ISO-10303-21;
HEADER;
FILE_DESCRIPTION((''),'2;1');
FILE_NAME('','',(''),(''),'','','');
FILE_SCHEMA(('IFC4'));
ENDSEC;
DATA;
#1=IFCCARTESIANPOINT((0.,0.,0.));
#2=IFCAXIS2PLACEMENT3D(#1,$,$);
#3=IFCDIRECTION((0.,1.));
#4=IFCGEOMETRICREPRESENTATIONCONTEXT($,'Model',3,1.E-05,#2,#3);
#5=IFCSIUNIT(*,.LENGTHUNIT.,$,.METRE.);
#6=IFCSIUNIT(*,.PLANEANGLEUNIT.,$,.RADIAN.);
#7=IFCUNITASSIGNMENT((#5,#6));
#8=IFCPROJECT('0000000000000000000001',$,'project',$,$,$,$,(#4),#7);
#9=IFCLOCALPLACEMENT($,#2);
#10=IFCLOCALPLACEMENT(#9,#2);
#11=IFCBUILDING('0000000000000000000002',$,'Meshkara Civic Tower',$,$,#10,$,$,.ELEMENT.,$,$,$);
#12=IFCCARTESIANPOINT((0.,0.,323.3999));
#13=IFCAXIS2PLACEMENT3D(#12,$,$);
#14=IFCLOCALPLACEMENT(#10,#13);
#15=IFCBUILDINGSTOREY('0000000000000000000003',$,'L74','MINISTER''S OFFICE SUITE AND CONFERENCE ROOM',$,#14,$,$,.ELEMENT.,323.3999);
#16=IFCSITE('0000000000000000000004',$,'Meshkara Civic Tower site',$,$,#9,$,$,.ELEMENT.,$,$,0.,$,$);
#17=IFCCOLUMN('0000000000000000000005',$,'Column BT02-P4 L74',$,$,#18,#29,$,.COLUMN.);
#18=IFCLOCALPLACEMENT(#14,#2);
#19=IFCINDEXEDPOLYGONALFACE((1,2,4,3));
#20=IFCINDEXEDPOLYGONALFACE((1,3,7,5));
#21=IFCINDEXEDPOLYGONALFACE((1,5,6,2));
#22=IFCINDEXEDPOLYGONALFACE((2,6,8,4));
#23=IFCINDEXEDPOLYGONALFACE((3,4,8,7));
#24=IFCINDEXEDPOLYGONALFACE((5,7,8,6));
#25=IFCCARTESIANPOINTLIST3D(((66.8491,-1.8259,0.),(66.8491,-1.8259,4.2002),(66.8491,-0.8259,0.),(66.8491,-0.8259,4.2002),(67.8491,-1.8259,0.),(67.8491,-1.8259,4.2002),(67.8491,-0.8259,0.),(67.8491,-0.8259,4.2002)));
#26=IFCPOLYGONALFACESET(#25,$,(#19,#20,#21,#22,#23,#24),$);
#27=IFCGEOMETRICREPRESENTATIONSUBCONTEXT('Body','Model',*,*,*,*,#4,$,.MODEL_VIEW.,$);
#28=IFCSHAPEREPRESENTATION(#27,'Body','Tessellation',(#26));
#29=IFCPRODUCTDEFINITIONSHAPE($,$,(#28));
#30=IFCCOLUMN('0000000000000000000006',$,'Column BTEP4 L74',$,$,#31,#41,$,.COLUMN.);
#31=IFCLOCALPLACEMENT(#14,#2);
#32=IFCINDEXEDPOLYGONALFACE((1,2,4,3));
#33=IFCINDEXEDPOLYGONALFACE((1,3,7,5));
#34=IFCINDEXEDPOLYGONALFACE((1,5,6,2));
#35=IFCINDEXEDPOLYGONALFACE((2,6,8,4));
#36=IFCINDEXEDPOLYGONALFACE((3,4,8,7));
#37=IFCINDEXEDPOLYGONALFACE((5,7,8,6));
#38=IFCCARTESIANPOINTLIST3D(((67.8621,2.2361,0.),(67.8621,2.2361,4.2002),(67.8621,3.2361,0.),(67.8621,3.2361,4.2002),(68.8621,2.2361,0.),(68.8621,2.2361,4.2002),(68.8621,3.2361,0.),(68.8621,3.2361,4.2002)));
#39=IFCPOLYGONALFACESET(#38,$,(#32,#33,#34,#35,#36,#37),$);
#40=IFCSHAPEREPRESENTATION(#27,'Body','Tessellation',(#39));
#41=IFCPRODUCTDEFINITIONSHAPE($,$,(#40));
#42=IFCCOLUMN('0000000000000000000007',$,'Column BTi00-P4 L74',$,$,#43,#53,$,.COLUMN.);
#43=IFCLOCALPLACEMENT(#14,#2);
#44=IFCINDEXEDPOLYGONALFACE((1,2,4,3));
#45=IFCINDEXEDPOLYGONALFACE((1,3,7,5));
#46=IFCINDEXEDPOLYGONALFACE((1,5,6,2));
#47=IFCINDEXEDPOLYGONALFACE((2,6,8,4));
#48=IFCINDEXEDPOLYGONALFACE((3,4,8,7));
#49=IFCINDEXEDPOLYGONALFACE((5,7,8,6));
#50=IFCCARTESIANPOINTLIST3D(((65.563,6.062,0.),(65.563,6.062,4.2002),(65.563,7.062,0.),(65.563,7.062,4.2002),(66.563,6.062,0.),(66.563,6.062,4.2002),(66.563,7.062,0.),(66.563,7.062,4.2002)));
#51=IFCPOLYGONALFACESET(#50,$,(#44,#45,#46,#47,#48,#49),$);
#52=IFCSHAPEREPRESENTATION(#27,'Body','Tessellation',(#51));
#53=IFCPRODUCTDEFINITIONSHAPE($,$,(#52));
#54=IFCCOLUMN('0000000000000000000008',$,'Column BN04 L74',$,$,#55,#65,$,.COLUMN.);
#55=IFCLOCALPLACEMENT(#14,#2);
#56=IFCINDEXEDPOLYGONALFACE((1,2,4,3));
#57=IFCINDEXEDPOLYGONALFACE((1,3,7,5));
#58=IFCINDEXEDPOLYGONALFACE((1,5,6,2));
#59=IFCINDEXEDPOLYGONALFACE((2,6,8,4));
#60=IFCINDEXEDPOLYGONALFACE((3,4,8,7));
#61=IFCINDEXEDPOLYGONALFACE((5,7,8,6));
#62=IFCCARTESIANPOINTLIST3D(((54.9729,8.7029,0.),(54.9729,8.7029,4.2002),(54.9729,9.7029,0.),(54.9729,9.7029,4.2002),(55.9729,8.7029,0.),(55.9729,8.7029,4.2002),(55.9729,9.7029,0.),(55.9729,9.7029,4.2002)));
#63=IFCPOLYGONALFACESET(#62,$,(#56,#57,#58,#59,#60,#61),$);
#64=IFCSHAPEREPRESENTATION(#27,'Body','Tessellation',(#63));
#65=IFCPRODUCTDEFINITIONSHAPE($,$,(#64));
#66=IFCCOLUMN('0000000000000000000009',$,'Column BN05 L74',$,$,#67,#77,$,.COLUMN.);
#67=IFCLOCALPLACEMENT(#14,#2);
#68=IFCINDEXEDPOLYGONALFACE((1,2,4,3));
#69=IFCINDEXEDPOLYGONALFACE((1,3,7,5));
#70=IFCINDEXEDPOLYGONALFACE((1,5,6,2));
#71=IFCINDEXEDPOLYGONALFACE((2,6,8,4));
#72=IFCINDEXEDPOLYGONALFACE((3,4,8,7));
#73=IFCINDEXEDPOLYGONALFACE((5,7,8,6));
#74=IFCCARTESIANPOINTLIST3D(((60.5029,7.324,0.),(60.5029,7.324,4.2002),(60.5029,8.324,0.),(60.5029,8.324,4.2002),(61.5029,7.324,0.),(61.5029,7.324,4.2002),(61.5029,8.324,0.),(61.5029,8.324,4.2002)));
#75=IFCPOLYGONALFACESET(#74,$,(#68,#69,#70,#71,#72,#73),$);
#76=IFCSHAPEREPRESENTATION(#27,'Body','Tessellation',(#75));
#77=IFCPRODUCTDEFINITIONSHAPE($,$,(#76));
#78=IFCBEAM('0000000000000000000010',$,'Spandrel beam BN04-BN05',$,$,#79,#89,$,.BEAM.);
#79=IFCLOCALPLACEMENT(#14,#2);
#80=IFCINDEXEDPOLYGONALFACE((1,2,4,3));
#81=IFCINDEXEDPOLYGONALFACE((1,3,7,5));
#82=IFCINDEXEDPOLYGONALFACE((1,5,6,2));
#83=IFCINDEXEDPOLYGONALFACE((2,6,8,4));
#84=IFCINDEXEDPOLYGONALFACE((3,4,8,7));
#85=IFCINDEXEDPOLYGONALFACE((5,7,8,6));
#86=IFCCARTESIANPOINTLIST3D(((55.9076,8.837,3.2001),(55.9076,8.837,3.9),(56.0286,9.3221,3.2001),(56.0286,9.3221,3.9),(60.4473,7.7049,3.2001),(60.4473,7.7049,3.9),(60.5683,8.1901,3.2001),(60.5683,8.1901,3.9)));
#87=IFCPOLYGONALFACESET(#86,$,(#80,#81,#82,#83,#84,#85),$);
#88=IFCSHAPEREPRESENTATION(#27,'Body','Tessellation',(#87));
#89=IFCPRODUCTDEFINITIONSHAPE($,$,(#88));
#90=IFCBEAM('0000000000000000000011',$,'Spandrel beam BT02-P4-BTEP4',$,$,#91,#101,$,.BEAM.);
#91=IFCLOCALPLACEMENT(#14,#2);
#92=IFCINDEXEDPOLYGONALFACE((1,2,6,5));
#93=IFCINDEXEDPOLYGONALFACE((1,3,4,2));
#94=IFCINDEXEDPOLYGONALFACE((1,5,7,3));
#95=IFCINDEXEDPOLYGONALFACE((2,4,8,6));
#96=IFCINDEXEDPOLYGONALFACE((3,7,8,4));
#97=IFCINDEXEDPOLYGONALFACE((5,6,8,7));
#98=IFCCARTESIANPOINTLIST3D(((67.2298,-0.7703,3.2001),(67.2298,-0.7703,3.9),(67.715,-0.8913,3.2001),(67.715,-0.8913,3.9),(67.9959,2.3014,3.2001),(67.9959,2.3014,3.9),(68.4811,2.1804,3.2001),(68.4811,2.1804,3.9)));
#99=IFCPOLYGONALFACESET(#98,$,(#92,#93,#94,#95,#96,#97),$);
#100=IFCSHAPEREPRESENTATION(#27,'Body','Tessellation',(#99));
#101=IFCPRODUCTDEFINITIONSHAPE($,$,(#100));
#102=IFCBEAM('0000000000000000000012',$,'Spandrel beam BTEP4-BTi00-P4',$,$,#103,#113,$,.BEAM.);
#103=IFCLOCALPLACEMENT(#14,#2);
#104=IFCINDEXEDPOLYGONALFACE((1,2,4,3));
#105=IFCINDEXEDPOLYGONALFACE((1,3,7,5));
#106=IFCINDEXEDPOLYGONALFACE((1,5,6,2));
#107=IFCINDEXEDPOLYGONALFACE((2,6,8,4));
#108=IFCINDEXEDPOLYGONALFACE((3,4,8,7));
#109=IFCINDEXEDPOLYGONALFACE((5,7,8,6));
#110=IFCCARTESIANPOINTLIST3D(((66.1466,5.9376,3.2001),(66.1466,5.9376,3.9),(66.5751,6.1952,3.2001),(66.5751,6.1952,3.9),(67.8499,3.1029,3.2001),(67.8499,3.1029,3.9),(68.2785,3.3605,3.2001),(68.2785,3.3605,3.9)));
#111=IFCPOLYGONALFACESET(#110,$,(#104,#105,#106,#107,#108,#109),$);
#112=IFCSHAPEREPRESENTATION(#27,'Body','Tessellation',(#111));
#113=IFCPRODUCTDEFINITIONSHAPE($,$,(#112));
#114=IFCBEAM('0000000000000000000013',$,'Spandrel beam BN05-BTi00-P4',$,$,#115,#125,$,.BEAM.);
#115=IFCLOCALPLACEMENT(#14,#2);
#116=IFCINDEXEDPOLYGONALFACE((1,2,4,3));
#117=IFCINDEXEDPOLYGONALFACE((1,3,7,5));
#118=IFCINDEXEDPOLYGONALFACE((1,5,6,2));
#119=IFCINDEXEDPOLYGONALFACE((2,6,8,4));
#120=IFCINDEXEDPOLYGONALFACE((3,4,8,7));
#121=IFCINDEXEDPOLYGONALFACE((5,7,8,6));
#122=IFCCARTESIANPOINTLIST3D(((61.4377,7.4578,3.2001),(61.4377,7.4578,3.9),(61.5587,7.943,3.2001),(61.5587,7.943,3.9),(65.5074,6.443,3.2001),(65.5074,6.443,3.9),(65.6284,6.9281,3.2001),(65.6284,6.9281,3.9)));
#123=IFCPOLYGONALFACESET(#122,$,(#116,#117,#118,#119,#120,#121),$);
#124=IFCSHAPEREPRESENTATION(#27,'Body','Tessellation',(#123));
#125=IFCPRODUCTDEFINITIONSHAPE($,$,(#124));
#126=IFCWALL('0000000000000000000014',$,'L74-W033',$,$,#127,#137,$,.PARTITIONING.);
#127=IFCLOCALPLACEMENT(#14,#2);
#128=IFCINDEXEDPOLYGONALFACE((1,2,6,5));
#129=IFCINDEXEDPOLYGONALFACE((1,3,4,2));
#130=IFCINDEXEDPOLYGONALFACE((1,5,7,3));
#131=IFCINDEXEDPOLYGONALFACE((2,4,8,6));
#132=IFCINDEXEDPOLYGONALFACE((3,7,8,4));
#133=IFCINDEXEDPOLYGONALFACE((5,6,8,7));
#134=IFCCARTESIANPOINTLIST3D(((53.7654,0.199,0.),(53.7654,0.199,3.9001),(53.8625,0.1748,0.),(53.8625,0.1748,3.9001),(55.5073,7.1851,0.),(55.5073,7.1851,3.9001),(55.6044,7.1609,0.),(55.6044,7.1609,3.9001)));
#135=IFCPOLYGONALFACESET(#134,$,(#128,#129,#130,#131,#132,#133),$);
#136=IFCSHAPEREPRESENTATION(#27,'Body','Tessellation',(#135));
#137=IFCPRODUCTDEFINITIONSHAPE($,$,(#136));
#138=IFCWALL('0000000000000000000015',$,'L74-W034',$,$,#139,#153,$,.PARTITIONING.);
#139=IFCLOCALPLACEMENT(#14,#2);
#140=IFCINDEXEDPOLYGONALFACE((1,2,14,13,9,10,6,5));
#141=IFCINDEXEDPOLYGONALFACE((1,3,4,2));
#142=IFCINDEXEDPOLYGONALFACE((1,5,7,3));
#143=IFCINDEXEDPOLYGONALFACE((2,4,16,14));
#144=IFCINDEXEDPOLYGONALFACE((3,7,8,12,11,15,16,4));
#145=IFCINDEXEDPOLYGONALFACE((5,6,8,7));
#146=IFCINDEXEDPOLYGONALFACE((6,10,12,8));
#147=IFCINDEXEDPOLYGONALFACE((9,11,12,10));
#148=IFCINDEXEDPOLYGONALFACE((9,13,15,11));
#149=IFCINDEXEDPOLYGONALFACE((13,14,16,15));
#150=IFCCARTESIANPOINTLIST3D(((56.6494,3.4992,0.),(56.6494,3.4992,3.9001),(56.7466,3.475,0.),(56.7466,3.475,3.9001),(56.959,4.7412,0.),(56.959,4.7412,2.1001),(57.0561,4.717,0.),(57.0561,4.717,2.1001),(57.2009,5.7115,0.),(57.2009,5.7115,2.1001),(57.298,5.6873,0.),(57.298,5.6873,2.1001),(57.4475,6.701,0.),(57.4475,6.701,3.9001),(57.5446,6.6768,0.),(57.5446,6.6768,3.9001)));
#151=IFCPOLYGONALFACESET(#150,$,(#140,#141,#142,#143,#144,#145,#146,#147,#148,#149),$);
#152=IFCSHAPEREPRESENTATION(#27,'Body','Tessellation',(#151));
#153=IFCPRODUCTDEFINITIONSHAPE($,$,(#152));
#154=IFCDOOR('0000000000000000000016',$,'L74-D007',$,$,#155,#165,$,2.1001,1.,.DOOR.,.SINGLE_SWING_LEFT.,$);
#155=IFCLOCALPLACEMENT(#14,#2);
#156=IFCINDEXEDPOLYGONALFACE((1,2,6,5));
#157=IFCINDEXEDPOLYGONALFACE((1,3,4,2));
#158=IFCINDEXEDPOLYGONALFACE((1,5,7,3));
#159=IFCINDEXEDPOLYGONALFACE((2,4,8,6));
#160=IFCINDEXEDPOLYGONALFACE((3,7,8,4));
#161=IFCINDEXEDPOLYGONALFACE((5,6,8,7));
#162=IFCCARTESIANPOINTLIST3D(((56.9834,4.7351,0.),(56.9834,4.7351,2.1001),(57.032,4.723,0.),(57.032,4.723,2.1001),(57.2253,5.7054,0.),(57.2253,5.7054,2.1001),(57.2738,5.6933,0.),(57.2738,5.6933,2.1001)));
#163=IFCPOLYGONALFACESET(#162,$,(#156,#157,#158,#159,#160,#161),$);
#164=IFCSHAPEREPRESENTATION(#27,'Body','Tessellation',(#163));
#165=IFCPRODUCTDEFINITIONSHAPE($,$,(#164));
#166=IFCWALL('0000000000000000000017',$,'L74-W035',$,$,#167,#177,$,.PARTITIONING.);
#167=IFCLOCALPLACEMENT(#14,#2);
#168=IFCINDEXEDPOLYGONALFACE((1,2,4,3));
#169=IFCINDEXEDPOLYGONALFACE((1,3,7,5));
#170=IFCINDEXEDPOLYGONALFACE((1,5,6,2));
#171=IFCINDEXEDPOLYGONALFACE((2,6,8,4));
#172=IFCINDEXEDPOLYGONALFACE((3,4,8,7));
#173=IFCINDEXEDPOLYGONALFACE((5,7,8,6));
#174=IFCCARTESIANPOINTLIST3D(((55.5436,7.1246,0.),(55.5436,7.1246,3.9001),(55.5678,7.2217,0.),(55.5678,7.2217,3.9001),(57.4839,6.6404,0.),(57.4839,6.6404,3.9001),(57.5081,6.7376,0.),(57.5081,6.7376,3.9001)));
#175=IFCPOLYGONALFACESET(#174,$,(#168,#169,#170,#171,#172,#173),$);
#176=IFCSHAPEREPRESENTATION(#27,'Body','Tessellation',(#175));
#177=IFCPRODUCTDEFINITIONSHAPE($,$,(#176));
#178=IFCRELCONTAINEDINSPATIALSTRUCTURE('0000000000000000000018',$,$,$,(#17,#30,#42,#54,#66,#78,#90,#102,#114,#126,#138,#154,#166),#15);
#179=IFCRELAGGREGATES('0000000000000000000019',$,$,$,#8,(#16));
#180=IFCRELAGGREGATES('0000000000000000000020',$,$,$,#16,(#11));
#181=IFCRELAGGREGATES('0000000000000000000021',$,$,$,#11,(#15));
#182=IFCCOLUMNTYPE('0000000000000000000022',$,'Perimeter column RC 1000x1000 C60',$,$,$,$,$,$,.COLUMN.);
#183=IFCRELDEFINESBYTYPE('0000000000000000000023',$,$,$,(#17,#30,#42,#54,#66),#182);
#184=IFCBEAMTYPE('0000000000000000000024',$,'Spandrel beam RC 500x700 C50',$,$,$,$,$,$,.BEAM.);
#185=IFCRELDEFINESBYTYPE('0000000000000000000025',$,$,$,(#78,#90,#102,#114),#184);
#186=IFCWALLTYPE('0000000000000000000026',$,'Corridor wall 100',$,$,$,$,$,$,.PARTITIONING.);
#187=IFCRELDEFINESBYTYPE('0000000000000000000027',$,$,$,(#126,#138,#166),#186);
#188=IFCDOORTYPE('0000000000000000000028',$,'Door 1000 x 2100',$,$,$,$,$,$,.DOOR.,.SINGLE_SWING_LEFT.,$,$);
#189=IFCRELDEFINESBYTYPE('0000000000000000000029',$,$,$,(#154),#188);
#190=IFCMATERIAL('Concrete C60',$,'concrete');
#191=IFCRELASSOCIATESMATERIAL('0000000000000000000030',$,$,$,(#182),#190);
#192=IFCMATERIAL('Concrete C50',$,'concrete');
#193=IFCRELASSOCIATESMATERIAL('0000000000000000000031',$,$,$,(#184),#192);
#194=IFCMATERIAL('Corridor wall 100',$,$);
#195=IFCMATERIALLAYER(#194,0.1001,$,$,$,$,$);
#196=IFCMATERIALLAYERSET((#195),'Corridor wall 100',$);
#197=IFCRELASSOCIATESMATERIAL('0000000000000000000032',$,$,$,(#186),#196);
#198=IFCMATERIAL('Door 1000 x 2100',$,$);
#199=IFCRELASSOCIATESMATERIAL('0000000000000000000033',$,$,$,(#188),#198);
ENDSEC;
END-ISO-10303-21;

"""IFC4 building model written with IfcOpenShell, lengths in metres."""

from ifc_helpers import new_model, si_unit, direction, frame, frame_2d, origin, origin_2d, place, context, subcontext, project, spatial, rectangle, extrude, material, layer, layer_set, material_profile, profile_set, type_object, element, fill, save


model = new_model("IFC4")

# Units and contexts
model_context = context("Model", 3, precision=1e-05, world=origin(), true_north=direction((0.0, 1.0)))
body_context = subcontext(model_context, "Body", "Model", "MODEL_VIEW")
ifc_project = project(units=[si_unit("LENGTHUNIT", "METRE"), si_unit("PLANEANGLEUNIT", "RADIAN")], contexts=[model_context])

# Site, building, storey
site_placement = place(None, origin())
site = spatial("IfcSite", under=ifc_project, at=site_placement, Name="Meshkara Civic Tower site", CompositionType="ELEMENT", RefElevation=0.0)
building_placement = place(site_placement, origin())
building = spatial("IfcBuilding", under=site, at=building_placement, Name="Meshkara Civic Tower", CompositionType="ELEMENT")
storey_placement = place(building_placement, frame((0.0, 0.0, 323.3999)))
storey = spatial("IfcBuildingStorey", under=building, at=storey_placement, Name="L74", Description="MINISTER'S OFFICE SUITE AND CONFERENCE ROOM", CompositionType="ELEMENT", Elevation=323.3999)

# Columns
ifc_material_1 = material(Name="Concrete C60", Category="concrete")
ifc_material_profile_1 = material_profile(ifc_material_1, rectangle(XDim=1.0, YDim=1.0, at=origin_2d()))
ifc_profile_set_1 = profile_set([ifc_material_profile_1], Name="Concrete C60")
column_type = type_object("IfcColumnType", Name="Perimeter column RC 1000x1000 C60", PredefinedType="COLUMN", material=ifc_profile_set_1)
for number, where, z_axis, x_axis, name in (
    (1, (67.3491, -1.3259, 0.0), (0.0, 0.0, 1.0), (1.0, 0.0, 0.0), "Column BT02-P4 L74"),
    (2, (68.3621, 2.7361, 0.0), (0.0, 0.0, 1.0), (1.0, 0.0, 0.0), "Column BTEP4 L74"),
    (3, (66.063, 6.562, 0.0), (0.0, 0.0, 1.0), (1.0, 0.0, 0.0), "Column BTi00-P4 L74"),
    (4, (55.4729, 9.2029, 0.0), (0.0, 0.0, 1.0), (1.0, 0.0, 0.0), "Column BN04 L74"),
    (5, (61.0029, 7.824, 0.0), (0.0, 0.0, 1.0), (1.0, 0.0, 0.0), "Column BN05 L74"),
):
    element("IfcColumn", number, at=place(storey_placement, frame(where, z_axis=z_axis, x_axis=x_axis)), inside=storey, type_object=column_type, Name=name, PredefinedType="COLUMN", context=body_context, shape_type="SweptSolid", body=[
        extrude(rectangle(XDim=1.0, YDim=1.0, at=origin_2d()), origin(), (0.0, 0.0, 1.0), 4.2002),
    ])

# Beams
ifc_material_2 = material(Name="Concrete C50", Category="concrete")
ifc_material_profile_2 = material_profile(ifc_material_2, rectangle(XDim=0.5, YDim=0.7, at=origin_2d()))
ifc_profile_set_2 = profile_set([ifc_material_profile_2], Name="Concrete C50")
beam_type = type_object("IfcBeamType", Name="Spandrel beam RC 500x700 C50", PredefinedType="BEAM", material=ifc_profile_set_2)
beam_1_placement = place(storey_placement, frame((60.5078, 7.9475, 3.55), z_axis=(-0.970287, 0.241959, 0.0), x_axis=(-0.241959, -0.970287, 0.0)))
element("IfcBeam", 6, at=beam_1_placement, inside=storey, type_object=beam_type, Name="Spandrel beam BN04-BN05", PredefinedType="BEAM", context=body_context, shape_type="SweptSolid", body=[
    extrude(rectangle(XDim=0.5, YDim=0.7, at=origin_2d()), origin(), (0.0, 0.0, 1.0), 4.6787),
])
beam_2_placement = place(storey_placement, frame((67.4724, -0.8308, 3.55), z_axis=(0.241991, 0.970278, 0.0), x_axis=(-0.970278, 0.241991, 0.0)))
element("IfcBeam", 7, at=beam_2_placement, inside=storey, type_object=beam_type, Name="Spandrel beam BT02-P4-BTEP4", PredefinedType="BEAM", context=body_context, shape_type="SweptSolid", body=[
    extrude(rectangle(XDim=0.5, YDim=0.7, at=origin_2d()), origin(), (0.0, 0.0, 1.0), 3.1658),
])
beam_3_placement = place(storey_placement, frame((68.0642, 3.2317, 3.55), z_axis=(-0.51506, 0.857154, 0.0), x_axis=(-0.857154, -0.51506, 0.0)))
element("IfcBeam", 8, at=beam_3_placement, inside=storey, type_object=beam_type, Name="Spandrel beam BTEP4-BTi00-P4", PredefinedType="BEAM", context=body_context, shape_type="SweptSolid", body=[
    extrude(rectangle(XDim=0.5, YDim=0.7, at=origin_2d()), origin(), (0.0, 0.0, 1.0), 3.3071),
])
beam_4_placement = place(storey_placement, frame((65.5679, 6.6855, 3.55), z_axis=(-0.970286, 0.24196, 0.0), x_axis=(-0.24196, -0.970286, 0.0)))
element("IfcBeam", 9, at=beam_4_placement, inside=storey, type_object=beam_type, Name="Spandrel beam BN05-BTi00-P4", PredefinedType="BEAM", context=body_context, shape_type="SweptSolid", body=[
    extrude(rectangle(XDim=0.5, YDim=0.7, at=origin_2d()), origin(), (0.0, 0.0, 1.0), 4.1943),
])

# Wall
ifc_material_3 = material(Name="Corridor wall 100")
ifc_layer_1 = layer(ifc_material_3, 0.1001)
ifc_layer_set_1 = layer_set([ifc_layer_1], Name="Corridor wall 100")
wall_type_1 = type_object("IfcWallType", Name="Corridor wall 100", PredefinedType="PARTITIONING", material=ifc_layer_set_1)
wall_1_placement = place(storey_placement, frame((55.5559, 7.1731, 0.0), z_axis=(0.0, 0.0, 1.0), x_axis=(-0.241937, -0.970292, 0.0)))
element("IfcWall", 10, at=wall_1_placement, inside=storey, type_object=wall_type_1, Name="L74-W033", PredefinedType="PARTITIONING", context=body_context, shape_type="SweptSolid", body=[
    extrude(rectangle(XDim=7.2, YDim=0.1001, at=frame_2d((3.6001, 0.0))), origin(), (0.0, 0.0, 1.0), 3.9001),
])

# Wall, opening, door
wall_2_placement = place(storey_placement, frame((56.698, 3.4871, 0.0), z_axis=(0.0, 0.0, 1.0), x_axis=(0.241857, 0.970312, 0.0)))
wall_2 = element("IfcWall", 11, at=wall_2_placement, inside=storey, type_object=wall_type_1, Name="L74-W034", PredefinedType="PARTITIONING", context=body_context, shape_type="SweptSolid", body=[
    extrude(rectangle(XDim=3.2998, YDim=0.1001, at=frame_2d((1.6499, 0.0))), origin(), (0.0, 0.0, 1.0), 3.9001),
])
opening_1_placement = place(wall_2_placement, frame((1.28, 0.0, 0.0)))
opening_1 = element("IfcOpeningElement", 12, at=opening_1_placement, cuts=wall_2, PredefinedType="OPENING", context=body_context, shape_type="SweptSolid", body=[
    extrude(rectangle(XDim=1.0, YDim=2.1001, at=frame_2d((0.5, 1.05))), frame((0.0, 0.0601, 0.0), z_axis=(0.0, -1.0, 0.0), x_axis=(1.0, 0.0, 0.0)), (0.0, 0.0, 1.0), 0.1201),
])
ifc_material_4 = material(Name="Door 1000 x 2100")
door_type = type_object("IfcDoorType", Name="Door 1000 x 2100", OperationType="SINGLE_SWING_LEFT", PredefinedType="DOOR", material=ifc_material_4)
door_placement = place(opening_1_placement, origin())
door = element("IfcDoor", 13, at=door_placement, inside=storey, type_object=door_type, Name="L74-D007", OperationType="SINGLE_SWING_LEFT", OverallHeight=2.1001, OverallWidth=1.0, PredefinedType="DOOR", context=body_context, shape_type="SweptSolid", body=[
    extrude(rectangle(XDim=1.0, YDim=2.1001, at=frame_2d((0.5, 1.05))), frame((0.0, 0.0249, 0.0), z_axis=(0.0, -1.0, 0.0), x_axis=(1.0, 0.0, 0.0)), (0.0, 0.0, 1.0), 0.05),
])
fill(opening_1, door)

# Wall
wall_3_placement = place(storey_placement, frame((57.4961, 6.689, 0.0), z_axis=(0.0, 0.0, 1.0), x_axis=(-0.97025, 0.242105, 0.0)))
element("IfcWall", 14, at=wall_3_placement, inside=storey, type_object=wall_type_1, Name="L74-W035", PredefinedType="PARTITIONING", context=body_context, shape_type="SweptSolid", body=[
    extrude(rectangle(XDim=1.9998, YDim=0.1001, at=frame_2d((1.0, 0.0))), origin(), (0.0, 0.0, 1.0), 3.9001),
])

save(model, "model.ifc")
